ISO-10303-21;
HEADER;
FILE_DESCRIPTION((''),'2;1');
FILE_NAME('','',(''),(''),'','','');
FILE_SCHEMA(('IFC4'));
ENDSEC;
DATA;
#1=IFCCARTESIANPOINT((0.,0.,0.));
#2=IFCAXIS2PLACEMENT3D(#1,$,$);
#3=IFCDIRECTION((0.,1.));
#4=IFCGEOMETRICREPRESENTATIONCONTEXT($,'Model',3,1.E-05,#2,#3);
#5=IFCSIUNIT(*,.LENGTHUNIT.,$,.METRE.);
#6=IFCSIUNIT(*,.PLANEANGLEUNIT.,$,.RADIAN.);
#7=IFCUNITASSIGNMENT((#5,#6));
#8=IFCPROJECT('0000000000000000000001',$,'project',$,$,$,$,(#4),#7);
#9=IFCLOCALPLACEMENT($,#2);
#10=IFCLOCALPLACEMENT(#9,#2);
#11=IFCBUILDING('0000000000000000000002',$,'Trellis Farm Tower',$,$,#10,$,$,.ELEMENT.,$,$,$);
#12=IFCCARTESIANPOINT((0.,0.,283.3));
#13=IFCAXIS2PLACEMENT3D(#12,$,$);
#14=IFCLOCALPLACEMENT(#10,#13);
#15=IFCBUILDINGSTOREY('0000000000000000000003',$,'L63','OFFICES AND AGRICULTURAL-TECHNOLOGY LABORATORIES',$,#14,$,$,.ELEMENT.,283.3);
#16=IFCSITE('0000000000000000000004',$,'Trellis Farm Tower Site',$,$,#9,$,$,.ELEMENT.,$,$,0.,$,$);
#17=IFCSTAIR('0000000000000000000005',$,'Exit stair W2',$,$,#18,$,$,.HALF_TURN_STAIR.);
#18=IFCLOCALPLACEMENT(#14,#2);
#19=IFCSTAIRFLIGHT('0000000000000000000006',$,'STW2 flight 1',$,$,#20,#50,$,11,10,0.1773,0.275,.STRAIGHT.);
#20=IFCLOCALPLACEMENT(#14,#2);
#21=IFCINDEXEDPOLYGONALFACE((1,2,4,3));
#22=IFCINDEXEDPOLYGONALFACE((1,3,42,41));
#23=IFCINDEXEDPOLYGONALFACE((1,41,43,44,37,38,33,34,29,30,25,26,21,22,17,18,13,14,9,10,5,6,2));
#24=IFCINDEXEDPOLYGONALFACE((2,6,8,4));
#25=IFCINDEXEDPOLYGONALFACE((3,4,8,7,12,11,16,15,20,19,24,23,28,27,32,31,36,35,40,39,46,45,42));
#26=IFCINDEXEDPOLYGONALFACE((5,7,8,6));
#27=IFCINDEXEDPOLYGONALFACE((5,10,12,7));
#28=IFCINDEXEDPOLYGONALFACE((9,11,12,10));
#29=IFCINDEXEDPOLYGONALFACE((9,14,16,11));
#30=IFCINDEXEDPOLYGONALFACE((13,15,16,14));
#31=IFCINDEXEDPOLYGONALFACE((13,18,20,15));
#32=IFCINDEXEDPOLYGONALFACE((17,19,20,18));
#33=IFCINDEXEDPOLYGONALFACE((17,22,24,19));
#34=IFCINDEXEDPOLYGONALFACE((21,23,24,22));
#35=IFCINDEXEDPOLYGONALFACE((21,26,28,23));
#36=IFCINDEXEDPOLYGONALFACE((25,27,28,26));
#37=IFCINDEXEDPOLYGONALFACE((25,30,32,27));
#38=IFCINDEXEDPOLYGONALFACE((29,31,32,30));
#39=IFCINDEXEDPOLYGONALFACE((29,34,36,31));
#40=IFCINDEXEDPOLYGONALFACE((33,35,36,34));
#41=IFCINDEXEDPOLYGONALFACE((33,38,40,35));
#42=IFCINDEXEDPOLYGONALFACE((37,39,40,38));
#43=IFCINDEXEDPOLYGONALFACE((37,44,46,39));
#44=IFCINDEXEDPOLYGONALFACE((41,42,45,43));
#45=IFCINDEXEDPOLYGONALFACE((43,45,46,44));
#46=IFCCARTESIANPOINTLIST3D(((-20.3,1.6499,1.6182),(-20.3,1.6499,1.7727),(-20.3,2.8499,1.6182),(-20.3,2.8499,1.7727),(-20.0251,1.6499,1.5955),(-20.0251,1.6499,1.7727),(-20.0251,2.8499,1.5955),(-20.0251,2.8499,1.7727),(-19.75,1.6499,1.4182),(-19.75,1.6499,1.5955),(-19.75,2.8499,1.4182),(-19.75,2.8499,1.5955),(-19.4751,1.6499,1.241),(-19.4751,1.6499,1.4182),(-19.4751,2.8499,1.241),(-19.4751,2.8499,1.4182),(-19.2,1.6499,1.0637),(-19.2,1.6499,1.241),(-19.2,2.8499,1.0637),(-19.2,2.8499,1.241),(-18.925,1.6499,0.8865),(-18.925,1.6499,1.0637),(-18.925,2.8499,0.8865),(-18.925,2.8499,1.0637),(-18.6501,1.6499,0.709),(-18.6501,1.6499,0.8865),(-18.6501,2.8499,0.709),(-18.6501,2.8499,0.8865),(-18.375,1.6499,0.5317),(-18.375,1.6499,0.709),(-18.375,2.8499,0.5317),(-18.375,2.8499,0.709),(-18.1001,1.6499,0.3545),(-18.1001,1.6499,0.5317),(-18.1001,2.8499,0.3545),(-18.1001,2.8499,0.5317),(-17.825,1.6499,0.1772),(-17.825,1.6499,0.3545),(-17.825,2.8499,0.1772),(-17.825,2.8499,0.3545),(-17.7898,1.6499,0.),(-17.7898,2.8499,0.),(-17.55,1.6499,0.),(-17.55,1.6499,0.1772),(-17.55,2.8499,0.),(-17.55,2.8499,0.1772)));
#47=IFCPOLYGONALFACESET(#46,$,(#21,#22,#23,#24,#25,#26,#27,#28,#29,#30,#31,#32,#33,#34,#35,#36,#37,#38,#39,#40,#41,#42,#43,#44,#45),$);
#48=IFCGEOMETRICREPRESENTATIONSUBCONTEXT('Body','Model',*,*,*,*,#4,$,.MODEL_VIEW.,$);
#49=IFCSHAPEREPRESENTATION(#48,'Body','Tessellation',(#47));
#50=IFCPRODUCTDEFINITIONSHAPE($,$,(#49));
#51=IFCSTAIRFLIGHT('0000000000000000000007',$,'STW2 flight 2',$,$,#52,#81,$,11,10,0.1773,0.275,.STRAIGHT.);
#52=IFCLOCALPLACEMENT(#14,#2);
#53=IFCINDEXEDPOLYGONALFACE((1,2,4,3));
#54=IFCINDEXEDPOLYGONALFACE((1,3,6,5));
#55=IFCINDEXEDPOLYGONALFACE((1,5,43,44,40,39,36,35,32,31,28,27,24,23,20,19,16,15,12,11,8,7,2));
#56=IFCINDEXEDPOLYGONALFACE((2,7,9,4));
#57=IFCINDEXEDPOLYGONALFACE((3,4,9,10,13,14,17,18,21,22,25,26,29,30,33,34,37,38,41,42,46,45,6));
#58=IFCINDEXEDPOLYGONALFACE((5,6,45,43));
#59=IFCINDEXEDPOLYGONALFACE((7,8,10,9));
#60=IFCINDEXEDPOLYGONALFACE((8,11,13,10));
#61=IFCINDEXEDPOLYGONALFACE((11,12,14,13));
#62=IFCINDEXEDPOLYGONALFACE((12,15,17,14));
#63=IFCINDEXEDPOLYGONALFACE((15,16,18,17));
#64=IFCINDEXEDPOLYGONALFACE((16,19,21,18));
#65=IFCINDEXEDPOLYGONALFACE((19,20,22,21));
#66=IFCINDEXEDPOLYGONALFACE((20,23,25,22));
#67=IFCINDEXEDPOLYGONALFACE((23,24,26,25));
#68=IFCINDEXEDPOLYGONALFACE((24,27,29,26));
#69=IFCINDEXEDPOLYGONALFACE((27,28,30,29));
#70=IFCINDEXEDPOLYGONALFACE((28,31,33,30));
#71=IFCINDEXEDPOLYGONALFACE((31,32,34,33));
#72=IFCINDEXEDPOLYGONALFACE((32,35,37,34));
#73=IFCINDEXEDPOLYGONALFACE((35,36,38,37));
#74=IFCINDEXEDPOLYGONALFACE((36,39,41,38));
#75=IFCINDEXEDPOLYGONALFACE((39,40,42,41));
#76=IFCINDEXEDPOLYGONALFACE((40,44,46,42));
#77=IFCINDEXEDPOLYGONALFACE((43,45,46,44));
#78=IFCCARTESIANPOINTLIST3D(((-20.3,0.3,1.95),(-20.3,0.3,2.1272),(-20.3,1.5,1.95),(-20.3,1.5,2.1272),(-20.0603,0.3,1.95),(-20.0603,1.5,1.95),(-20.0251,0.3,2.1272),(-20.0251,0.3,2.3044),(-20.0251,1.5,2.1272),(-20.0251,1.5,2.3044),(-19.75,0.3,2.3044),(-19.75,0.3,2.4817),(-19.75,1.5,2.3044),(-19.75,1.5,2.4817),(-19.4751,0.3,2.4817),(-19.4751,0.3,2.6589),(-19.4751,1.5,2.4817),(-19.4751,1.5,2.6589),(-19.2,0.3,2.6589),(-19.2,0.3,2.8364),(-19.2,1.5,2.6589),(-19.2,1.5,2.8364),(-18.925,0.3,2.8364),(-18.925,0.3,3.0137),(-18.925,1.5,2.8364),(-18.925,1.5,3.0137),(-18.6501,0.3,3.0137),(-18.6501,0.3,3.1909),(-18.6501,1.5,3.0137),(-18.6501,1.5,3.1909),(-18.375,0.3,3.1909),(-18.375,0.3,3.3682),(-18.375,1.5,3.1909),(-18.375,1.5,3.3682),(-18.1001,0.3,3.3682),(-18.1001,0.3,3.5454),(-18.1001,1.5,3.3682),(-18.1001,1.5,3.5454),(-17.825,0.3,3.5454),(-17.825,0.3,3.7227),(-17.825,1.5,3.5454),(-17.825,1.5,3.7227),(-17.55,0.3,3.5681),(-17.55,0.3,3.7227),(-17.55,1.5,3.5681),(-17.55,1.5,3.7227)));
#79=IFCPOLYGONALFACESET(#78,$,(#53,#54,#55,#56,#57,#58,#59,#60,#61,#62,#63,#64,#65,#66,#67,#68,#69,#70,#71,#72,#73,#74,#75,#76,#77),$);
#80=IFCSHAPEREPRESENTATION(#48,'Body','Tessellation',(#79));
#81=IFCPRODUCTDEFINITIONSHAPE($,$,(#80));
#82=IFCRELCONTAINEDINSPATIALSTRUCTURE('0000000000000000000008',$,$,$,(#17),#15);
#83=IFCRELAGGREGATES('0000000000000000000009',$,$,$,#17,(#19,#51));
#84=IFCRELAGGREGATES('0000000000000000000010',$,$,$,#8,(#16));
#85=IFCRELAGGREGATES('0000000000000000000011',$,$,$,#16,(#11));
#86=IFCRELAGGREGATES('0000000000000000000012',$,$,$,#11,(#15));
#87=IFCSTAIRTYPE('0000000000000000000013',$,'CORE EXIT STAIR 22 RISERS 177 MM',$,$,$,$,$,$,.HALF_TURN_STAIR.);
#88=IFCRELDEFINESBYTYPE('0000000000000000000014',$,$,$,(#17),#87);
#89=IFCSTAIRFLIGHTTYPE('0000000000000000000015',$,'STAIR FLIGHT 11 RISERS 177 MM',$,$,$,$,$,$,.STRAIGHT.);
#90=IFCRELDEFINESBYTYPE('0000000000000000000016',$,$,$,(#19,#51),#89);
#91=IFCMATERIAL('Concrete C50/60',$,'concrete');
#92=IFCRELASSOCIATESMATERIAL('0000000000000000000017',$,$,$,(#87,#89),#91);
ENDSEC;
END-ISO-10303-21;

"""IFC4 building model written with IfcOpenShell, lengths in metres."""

from ifc_helpers import new_model, si_unit, direction, frame, origin, place, context, subcontext, project, spatial, polyline, outline, extrude, source, transform, mapped, material, type_object, element, aggregate, save


model = new_model("IFC4")

# Units and contexts
model_context = context("Model", 3, precision=1e-05, world=origin(), true_north=direction((0.0, 1.0)))
body_context = subcontext(model_context, "Body", "Model", "MODEL_VIEW")
ifc_project = project(units=[si_unit("LENGTHUNIT", "METRE"), si_unit("PLANEANGLEUNIT", "RADIAN")], contexts=[model_context])

# Site, building, storey
site_placement = place(None, origin())
site = spatial("IfcSite", under=ifc_project, at=site_placement, Name="Trellis Farm Tower Site", CompositionType="ELEMENT", RefElevation=0.0)
building_placement = place(site_placement, origin())
building = spatial("IfcBuilding", under=site, at=building_placement, Name="Trellis Farm Tower", CompositionType="ELEMENT")
storey_placement = place(building_placement, frame((0.0, 0.0, 283.3)))
storey = spatial("IfcBuildingStorey", under=building, at=storey_placement, Name="L63", Description="OFFICES AND AGRICULTURAL-TECHNOLOGY LABORATORIES", CompositionType="ELEMENT", Elevation=283.3)

# Shared definitions
placement = place(storey_placement, origin())

# Shared definitions
ifc_material_1 = material(Name="Concrete C50/60", Category="concrete")

# Stair, stair flights
stair_type = type_object("IfcStairType", Name="CORE EXIT STAIR 22 RISERS 177 MM", PredefinedType="HALF_TURN_STAIR", material=ifc_material_1)
stair_flight_type = type_object("IfcStairFlightType", Name="STAIR FLIGHT 11 RISERS 177 MM", PredefinedType="STRAIGHT", material=ifc_material_1)
shared_shape_1 = source(origin(), body_context, "Body", "SweptSolid", [
    extrude(outline(polyline([(0.0, 0.0), (0.0, 0.1772), (0.2749, 0.1772), (0.2749, 0.3545), (0.55, 0.3545), (0.55, 0.5317), (0.825, 0.5317), (0.825, 0.709), (1.1001, 0.709), (1.1001, 0.8865), (1.375, 0.8865), (1.375, 1.0637), (1.6499, 1.0637), (1.6499, 1.241), (1.925, 1.241), (1.925, 1.4182), (2.2, 1.4182), (2.2, 1.5955), (2.4751, 1.5955), (2.4751, 1.7727), (2.75, 1.7727), (2.75, 1.95), (2.75, 1.6182), (0.2397, 0.0), (0.0, 0.0)])), frame((0.0, 0.6001, 0.0), z_axis=(0.0, -1.0, 0.0), x_axis=(1.0, 0.0, 0.0)), (0.0, 0.0, 1.0), 1.2),
])
stair_1 = element("IfcStair", 1, at=placement, inside=storey, type_object=stair_type, Name="Exit stair W2", PredefinedType="HALF_TURN_STAIR")
stair_flight_1_placement = place(storey_placement, frame((-17.55, 2.25, 0.0), z_axis=(0.0, 0.0, 1.0), x_axis=(-1.0, 0.0, 0.0)))
stair_flight_1 = element("IfcStairFlight", 2, at=stair_flight_1_placement, type_object=stair_flight_type, Name="STW2 flight 1", NumberOfRisers=11, NumberOfTreads=10, PredefinedType="STRAIGHT", RiserHeight=0.1773, TreadLength=0.275, context=body_context, shape_type="MappedRepresentation", body=[
    mapped(shared_shape_1, transform((0.0, 0.0, 0.0))),
])
stair_flight_2_placement = place(storey_placement, frame((-20.3, 0.8999, 1.95), z_axis=(0.0, 0.0, 1.0), x_axis=(1.0, 0.0, 0.0)))
stair_flight_2 = element("IfcStairFlight", 3, at=stair_flight_2_placement, type_object=stair_flight_type, Name="STW2 flight 2", NumberOfRisers=11, NumberOfTreads=10, PredefinedType="STRAIGHT", RiserHeight=0.1773, TreadLength=0.275, context=body_context, shape_type="MappedRepresentation", body=[
    mapped(shared_shape_1, transform((0.0, 0.0, 0.0))),
])
aggregate(stair_1, [stair_flight_1, stair_flight_2])

save(model, "model.ifc")
